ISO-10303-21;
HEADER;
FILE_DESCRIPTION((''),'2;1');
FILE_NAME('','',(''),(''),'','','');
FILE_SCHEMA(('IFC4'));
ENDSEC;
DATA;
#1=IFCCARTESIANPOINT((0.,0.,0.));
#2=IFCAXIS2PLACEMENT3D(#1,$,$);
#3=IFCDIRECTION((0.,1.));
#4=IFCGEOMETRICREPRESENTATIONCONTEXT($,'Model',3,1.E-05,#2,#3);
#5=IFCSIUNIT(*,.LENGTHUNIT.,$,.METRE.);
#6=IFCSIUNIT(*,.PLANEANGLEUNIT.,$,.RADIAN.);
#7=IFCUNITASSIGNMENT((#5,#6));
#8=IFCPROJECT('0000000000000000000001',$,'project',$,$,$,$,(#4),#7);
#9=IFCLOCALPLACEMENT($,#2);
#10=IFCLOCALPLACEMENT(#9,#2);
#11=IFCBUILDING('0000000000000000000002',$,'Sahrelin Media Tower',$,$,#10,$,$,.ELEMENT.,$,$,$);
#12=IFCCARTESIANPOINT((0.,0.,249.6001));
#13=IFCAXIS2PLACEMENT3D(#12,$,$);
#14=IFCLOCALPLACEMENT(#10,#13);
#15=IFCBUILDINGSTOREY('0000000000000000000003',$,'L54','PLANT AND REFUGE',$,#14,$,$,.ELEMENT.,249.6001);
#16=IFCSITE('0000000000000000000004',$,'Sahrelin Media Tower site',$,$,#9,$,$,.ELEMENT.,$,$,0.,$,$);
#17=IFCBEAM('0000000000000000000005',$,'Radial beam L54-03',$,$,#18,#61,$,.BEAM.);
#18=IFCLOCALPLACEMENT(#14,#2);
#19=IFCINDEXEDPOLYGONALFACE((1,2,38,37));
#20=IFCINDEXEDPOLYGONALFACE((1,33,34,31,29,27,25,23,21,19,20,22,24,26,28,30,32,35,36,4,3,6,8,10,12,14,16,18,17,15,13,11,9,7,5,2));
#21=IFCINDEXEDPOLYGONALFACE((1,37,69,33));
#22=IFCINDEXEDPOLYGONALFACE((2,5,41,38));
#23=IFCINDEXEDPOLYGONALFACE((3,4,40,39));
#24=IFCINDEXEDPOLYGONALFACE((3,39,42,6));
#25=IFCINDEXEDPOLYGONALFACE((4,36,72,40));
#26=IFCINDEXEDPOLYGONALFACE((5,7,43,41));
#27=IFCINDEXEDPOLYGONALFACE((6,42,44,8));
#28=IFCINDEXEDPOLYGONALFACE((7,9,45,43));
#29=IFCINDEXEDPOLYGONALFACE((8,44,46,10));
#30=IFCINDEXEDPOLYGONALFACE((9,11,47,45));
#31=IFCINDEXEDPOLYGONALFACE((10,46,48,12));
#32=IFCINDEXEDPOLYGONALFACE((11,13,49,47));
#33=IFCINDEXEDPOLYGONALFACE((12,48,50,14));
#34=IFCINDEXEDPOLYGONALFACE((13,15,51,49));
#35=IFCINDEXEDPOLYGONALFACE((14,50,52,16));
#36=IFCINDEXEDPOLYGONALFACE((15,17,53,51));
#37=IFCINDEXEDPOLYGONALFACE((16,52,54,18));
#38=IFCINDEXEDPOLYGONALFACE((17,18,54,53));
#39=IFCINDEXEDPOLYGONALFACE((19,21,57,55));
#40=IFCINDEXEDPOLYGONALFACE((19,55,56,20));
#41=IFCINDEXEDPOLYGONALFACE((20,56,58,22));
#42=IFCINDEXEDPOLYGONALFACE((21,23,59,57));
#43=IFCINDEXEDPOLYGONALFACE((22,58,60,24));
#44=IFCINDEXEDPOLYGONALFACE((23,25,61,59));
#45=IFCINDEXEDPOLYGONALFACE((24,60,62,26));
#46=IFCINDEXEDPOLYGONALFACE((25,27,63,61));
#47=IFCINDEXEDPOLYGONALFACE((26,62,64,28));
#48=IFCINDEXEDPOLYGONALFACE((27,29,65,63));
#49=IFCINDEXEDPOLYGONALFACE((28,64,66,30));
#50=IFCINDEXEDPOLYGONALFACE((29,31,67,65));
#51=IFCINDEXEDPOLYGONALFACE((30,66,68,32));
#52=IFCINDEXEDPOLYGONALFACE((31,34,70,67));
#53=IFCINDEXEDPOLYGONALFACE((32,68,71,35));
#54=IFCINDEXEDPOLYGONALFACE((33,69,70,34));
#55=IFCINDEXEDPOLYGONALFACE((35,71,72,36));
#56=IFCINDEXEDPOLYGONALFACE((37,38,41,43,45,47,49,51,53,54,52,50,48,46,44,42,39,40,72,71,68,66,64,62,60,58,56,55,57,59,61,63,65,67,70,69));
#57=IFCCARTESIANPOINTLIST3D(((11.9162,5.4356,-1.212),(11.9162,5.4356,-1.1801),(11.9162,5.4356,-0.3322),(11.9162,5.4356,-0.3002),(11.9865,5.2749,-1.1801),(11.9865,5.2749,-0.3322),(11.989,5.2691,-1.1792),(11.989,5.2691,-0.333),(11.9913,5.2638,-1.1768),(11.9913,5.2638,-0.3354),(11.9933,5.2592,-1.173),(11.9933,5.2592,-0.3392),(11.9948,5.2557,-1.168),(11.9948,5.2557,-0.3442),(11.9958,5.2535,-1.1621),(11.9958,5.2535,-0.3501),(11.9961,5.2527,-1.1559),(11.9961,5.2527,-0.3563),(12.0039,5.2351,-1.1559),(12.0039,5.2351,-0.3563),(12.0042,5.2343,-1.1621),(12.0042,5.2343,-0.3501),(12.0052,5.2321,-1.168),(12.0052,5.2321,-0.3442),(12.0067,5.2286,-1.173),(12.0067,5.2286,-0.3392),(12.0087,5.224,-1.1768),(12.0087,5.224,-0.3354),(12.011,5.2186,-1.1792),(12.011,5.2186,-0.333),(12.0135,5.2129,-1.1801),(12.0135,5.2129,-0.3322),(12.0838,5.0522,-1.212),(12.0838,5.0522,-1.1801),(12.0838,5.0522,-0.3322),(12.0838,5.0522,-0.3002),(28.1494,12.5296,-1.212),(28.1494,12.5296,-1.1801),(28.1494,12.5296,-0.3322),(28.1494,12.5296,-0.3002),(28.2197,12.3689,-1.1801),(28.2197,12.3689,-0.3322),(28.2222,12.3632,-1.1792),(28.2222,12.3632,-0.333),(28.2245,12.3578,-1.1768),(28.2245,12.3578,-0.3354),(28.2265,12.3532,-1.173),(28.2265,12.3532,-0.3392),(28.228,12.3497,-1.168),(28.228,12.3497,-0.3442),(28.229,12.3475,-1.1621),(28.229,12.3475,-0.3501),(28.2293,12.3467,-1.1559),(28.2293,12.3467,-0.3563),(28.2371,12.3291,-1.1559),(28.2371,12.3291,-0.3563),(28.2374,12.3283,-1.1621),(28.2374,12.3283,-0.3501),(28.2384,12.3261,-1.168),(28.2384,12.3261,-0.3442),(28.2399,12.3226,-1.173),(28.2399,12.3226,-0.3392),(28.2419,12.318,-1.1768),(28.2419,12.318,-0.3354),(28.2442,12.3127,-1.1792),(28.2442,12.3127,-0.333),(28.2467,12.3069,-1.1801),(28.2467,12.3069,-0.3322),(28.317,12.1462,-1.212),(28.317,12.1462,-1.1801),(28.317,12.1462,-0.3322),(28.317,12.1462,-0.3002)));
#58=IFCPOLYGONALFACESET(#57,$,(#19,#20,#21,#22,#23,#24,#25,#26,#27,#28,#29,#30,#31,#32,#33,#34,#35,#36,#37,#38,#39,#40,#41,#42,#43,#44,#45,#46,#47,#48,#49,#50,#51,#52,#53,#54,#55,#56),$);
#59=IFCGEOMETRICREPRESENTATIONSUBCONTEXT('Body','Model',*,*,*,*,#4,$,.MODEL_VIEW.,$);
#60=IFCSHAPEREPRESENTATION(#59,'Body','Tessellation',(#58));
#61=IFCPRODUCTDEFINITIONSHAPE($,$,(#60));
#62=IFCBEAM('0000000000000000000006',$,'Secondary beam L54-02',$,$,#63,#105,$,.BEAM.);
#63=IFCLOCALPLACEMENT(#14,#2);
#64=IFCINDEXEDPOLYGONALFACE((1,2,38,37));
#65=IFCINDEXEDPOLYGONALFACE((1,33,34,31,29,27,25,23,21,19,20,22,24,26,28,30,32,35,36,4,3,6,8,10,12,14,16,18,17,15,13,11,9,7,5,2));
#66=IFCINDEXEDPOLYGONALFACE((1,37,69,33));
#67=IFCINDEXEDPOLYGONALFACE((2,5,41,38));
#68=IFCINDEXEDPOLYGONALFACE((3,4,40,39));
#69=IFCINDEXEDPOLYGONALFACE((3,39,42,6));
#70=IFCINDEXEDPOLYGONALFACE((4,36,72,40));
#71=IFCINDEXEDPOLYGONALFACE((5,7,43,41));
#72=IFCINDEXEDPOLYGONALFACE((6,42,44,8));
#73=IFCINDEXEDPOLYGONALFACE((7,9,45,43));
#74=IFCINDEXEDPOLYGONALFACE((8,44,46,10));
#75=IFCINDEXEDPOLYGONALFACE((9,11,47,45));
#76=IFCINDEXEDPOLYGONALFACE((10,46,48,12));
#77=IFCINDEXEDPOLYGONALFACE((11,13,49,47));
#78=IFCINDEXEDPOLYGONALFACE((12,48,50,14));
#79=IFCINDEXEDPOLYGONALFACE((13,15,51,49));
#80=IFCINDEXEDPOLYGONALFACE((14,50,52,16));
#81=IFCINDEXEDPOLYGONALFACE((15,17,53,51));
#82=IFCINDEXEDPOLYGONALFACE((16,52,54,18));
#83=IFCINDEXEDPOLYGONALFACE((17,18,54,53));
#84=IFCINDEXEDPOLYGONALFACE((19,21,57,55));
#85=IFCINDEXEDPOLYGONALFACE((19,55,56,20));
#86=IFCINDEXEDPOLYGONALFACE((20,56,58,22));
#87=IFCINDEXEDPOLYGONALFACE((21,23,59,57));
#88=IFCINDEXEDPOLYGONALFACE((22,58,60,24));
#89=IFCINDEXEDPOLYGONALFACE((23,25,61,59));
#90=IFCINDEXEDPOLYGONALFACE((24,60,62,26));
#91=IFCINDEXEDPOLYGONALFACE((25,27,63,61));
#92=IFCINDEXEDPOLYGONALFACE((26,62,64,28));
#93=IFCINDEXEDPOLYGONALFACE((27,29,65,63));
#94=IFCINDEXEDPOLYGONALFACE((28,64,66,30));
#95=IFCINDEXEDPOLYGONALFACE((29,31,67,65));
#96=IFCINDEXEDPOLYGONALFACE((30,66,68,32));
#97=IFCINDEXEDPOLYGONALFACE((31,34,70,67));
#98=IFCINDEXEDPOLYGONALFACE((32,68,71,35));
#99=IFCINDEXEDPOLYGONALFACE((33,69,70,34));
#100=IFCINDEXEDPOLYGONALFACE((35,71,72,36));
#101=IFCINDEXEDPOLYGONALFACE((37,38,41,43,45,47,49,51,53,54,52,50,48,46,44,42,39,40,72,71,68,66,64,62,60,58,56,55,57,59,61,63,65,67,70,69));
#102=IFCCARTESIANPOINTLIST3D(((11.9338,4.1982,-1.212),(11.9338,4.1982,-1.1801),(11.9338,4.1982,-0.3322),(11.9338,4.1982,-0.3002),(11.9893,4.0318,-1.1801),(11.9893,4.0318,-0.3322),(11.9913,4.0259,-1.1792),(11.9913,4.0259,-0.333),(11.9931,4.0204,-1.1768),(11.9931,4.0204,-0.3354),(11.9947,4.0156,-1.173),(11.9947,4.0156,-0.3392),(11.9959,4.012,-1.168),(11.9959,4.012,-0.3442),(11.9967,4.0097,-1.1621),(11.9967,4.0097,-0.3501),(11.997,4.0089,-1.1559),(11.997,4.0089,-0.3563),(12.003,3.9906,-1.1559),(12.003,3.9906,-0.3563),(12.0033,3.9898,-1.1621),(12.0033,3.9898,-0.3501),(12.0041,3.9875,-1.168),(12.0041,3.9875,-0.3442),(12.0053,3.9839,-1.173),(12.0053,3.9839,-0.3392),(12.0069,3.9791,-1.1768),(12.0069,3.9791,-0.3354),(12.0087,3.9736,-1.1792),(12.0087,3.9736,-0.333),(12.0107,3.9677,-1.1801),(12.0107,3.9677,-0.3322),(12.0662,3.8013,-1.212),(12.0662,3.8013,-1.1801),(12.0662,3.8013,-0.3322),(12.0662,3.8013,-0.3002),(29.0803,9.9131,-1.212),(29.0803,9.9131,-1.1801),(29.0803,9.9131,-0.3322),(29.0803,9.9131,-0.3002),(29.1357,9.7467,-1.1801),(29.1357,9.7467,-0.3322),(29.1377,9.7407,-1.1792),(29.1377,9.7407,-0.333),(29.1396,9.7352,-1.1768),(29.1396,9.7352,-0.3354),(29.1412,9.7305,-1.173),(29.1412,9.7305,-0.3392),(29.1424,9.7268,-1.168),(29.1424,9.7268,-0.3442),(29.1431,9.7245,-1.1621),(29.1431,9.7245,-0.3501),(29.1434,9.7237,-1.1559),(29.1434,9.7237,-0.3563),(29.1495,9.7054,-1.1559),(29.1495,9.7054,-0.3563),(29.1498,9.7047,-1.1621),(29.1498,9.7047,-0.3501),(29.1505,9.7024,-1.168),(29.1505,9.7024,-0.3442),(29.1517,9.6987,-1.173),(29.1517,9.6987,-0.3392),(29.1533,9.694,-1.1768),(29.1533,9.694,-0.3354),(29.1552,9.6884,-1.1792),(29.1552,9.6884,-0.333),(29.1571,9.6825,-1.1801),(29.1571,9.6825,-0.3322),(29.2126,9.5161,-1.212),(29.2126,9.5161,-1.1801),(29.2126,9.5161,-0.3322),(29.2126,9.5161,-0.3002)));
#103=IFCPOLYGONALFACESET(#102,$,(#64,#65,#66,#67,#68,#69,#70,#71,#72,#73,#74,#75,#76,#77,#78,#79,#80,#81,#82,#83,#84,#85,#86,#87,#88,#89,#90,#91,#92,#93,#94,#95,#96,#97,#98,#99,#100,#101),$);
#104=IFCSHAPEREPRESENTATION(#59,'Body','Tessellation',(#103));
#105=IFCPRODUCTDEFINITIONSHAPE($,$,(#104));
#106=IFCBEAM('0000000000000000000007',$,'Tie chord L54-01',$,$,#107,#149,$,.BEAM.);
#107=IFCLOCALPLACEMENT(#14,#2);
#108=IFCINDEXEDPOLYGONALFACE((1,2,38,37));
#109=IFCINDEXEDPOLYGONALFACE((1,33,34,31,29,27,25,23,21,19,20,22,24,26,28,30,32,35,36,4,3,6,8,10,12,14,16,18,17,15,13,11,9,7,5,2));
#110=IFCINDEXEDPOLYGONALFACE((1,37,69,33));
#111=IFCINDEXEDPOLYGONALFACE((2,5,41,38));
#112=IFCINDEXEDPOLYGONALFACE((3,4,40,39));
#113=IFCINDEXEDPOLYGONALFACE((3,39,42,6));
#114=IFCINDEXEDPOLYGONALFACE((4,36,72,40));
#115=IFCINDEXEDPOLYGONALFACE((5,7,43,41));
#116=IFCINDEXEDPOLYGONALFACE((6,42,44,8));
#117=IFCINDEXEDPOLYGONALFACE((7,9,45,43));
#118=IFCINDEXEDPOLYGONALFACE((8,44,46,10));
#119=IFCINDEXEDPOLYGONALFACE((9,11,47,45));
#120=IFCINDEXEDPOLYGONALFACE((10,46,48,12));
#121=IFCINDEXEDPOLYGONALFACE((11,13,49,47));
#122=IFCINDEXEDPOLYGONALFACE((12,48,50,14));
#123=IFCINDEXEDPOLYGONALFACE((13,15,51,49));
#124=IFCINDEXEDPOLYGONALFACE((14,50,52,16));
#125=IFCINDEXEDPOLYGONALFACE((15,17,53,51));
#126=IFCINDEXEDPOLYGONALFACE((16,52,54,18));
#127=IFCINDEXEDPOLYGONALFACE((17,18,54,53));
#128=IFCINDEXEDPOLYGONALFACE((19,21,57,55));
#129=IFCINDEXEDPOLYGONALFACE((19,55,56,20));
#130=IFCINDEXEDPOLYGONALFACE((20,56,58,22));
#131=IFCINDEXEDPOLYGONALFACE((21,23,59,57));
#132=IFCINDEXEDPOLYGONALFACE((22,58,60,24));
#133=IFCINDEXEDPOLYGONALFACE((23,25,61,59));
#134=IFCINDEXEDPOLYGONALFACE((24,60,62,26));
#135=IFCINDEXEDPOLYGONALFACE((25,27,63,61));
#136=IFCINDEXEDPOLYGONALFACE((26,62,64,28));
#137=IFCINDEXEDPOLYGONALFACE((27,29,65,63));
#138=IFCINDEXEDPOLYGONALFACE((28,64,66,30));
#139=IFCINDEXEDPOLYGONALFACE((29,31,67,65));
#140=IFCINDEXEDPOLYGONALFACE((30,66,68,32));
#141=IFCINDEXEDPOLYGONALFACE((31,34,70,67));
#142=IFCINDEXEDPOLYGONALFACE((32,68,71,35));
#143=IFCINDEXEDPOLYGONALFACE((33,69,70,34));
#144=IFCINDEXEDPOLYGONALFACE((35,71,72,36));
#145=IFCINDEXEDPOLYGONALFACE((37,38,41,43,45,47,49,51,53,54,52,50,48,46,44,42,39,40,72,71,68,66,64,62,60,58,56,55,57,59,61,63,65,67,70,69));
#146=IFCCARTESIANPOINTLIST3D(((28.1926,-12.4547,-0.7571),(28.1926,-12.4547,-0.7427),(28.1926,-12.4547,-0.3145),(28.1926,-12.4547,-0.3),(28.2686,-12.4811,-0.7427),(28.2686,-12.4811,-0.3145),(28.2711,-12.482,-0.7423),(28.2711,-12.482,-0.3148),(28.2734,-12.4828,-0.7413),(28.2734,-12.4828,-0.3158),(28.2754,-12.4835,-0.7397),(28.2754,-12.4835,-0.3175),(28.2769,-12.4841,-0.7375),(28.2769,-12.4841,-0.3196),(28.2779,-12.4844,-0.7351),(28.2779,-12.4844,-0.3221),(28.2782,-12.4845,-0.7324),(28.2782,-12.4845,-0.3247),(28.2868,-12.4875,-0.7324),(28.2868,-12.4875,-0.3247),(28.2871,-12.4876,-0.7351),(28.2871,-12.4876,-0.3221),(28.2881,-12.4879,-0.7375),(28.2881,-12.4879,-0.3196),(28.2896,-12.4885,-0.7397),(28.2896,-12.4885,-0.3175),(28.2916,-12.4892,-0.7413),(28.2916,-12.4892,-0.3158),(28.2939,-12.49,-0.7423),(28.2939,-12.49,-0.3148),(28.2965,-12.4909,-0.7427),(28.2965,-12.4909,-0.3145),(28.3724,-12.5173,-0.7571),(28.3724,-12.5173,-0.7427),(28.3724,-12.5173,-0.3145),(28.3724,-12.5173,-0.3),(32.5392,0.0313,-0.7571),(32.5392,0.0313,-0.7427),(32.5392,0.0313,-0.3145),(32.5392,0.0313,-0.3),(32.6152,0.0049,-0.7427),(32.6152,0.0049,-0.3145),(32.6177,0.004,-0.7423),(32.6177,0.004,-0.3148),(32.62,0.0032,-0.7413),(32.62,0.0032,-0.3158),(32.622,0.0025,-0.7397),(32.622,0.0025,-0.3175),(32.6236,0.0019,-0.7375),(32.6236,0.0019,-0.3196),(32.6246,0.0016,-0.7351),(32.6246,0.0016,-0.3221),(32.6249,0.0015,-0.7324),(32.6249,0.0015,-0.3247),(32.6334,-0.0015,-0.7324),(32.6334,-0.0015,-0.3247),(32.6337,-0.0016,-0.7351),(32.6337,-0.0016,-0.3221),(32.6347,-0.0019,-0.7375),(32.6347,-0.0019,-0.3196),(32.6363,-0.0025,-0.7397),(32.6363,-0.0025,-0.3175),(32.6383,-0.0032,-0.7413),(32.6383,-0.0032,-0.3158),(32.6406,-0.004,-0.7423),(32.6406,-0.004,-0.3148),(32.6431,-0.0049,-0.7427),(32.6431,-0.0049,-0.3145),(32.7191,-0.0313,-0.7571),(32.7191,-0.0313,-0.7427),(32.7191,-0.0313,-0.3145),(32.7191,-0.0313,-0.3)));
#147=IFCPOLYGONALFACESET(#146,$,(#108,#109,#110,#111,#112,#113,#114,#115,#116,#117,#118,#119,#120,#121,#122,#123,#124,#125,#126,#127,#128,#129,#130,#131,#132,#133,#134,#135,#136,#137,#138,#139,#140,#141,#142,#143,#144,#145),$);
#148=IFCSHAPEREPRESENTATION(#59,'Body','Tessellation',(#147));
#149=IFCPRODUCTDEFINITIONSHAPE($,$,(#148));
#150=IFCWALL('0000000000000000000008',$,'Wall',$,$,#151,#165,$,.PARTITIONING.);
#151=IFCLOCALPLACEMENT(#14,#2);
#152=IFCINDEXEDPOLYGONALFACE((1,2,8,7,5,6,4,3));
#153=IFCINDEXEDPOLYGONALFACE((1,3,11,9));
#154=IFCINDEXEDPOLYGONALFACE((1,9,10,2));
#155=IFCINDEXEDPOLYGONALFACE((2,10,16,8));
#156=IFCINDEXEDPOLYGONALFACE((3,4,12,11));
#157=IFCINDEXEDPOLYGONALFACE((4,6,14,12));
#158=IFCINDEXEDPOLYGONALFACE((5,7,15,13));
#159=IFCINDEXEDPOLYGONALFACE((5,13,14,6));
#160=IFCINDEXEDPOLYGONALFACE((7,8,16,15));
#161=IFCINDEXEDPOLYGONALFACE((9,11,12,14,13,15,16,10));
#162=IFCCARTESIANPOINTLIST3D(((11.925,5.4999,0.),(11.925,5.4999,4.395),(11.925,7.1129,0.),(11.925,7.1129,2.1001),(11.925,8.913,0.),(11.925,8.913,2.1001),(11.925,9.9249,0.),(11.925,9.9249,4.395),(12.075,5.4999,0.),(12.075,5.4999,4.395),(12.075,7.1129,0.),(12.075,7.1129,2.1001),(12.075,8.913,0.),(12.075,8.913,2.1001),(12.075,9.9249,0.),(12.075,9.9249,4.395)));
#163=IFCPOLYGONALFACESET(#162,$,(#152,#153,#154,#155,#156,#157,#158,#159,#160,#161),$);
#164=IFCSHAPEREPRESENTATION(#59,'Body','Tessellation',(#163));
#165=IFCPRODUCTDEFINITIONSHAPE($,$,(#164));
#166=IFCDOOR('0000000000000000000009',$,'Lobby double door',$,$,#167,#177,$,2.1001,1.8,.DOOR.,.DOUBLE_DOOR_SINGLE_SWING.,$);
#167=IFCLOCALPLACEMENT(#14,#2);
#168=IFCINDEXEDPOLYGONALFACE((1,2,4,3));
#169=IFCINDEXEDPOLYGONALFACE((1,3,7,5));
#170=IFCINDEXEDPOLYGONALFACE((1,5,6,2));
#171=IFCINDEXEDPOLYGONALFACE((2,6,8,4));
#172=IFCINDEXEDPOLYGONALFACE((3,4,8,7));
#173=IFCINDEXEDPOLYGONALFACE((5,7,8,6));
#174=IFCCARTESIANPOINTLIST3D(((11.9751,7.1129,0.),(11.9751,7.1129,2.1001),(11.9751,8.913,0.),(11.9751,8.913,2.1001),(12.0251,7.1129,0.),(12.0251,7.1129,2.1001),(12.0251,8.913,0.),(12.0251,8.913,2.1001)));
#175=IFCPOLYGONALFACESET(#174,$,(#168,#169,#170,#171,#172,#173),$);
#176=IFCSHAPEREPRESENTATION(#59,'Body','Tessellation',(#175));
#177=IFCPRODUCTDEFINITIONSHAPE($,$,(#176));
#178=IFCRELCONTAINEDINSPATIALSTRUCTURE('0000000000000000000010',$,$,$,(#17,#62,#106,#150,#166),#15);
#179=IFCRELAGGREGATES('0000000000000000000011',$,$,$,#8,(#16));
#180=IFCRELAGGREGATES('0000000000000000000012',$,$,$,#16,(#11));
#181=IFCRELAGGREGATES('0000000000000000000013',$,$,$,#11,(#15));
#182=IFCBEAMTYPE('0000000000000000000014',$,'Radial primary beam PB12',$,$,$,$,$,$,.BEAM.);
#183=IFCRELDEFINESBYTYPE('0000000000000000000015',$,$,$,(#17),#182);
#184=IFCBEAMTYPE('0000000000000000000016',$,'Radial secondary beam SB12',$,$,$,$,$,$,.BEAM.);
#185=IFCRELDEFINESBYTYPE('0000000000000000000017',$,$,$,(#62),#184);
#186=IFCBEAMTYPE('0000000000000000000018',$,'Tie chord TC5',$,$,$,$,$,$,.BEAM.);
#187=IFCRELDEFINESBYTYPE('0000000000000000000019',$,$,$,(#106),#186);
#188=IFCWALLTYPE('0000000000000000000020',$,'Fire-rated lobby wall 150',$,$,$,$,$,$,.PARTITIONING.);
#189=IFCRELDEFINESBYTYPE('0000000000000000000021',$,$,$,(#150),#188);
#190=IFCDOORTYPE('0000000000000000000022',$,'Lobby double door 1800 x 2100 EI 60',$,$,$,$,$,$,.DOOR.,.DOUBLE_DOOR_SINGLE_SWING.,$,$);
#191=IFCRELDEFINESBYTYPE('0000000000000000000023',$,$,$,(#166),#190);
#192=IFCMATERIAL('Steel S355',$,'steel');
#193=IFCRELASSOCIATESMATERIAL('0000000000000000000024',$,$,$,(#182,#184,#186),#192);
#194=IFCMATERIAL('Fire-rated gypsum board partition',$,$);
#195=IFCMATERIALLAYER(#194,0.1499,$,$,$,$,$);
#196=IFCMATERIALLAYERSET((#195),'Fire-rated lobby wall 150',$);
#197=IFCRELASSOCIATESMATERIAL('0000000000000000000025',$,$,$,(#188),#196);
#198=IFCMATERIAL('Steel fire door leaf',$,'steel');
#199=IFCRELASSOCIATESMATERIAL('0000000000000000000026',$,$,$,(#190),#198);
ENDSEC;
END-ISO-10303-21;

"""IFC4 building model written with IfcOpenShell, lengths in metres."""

from ifc_helpers import new_model, si_unit, direction, frame, frame_2d, origin, origin_2d, place, context, subcontext, project, spatial, rectangle, i_section, extrude, material, layer, layer_set, material_profile, profile_set, type_object, element, fill, save


model = new_model("IFC4")

# Units and contexts
model_context = context("Model", 3, precision=1e-05, world=origin(), true_north=direction((0.0, 1.0)))
body_context = subcontext(model_context, "Body", "Model", "MODEL_VIEW")
ifc_project = project(units=[si_unit("LENGTHUNIT", "METRE"), si_unit("PLANEANGLEUNIT", "RADIAN")], contexts=[model_context])

# Site, building, storey
site_placement = place(None, origin())
site = spatial("IfcSite", under=ifc_project, at=site_placement, Name="Sahrelin Media Tower site", CompositionType="ELEMENT", RefElevation=0.0)
building_placement = place(site_placement, origin())
building = spatial("IfcBuilding", under=site, at=building_placement, Name="Sahrelin Media Tower", CompositionType="ELEMENT")
storey_placement = place(building_placement, frame((0.0, 0.0, 249.6001)))
storey = spatial("IfcBuildingStorey", under=building, at=storey_placement, Name="L54", Description="PLANT AND REFUGE", CompositionType="ELEMENT", Elevation=249.6001)

# Beams
ifc_material_1 = material(Name="Steel S355", Category="steel")
ifc_material_profile_1 = material_profile(ifc_material_1, i_section(OverallWidth=0.4185, OverallDepth=0.9119, WebThickness=0.0193, FlangeThickness=0.032, FilletRadius=0.0242, at=origin_2d()), Name="UB 914x419x343")
ifc_profile_set_1 = profile_set([ifc_material_profile_1], Name="Steel S355")
beam_type_1 = type_object("IfcBeamType", Name="Radial primary beam PB12", PredefinedType="BEAM", material=ifc_profile_set_1)
beam_1_placement = place(storey_placement, frame((12.0, 5.2439, -0.7561), z_axis=(0.916323, 0.400439, 0.0), x_axis=(-0.400439, 0.916323, 0.0)))
element("IfcBeam", 1, at=beam_1_placement, inside=storey, type_object=beam_type_1, Name="Radial beam L54-03", PredefinedType="BEAM", context=body_context, shape_type="SweptSolid", body=[
    extrude(i_section(OverallWidth=0.4185, OverallDepth=0.9119, WebThickness=0.0193, FlangeThickness=0.032, FilletRadius=0.0242, at=origin_2d()), origin(), (0.0, 0.0, 1.0), 17.7156),
])
ifc_material_profile_2 = material_profile(ifc_material_1, i_section(OverallWidth=0.4185, OverallDepth=0.9119, WebThickness=0.0193, FlangeThickness=0.032, FilletRadius=0.0242, at=origin_2d()), Name="UB 914x419x343")
ifc_profile_set_2 = profile_set([ifc_material_profile_2], Name="Steel S355")
beam_type_2 = type_object("IfcBeamType", Name="Radial secondary beam SB12", PredefinedType="BEAM", material=ifc_profile_set_2)
beam_2_placement = place(storey_placement, frame((12.0, 3.9998, -0.7561), z_axis=(0.948694, 0.316195, 0.0), x_axis=(-0.316195, 0.948694, 0.0)))
element("IfcBeam", 2, at=beam_2_placement, inside=storey, type_object=beam_type_2, Name="Secondary beam L54-02", PredefinedType="BEAM", context=body_context, shape_type="SweptSolid", body=[
    extrude(i_section(OverallWidth=0.4185, OverallDepth=0.9119, WebThickness=0.0193, FlangeThickness=0.032, FilletRadius=0.0242, at=origin_2d()), origin(), (0.0, 0.0, 1.0), 18.0737),
])
ifc_material_profile_3 = material_profile(ifc_material_1, i_section(OverallWidth=0.1904, OverallDepth=0.457, WebThickness=0.009, FlangeThickness=0.0144, FilletRadius=0.0103, at=origin_2d()), Name="UB 457x191x74")
ifc_profile_set_3 = profile_set([ifc_material_profile_3], Name="Steel S355")
beam_type_3 = type_object("IfcBeamType", Name="Tie chord TC5", PredefinedType="BEAM", material=ifc_profile_set_3)
beam_3_placement = place(storey_placement, frame((32.6292, 0.0, -0.5286), z_axis=(-0.32877, -0.94441, 0.0), x_axis=(0.94441, -0.32877, 0.0)))
element("IfcBeam", 3, at=beam_3_placement, inside=storey, type_object=beam_type_3, Name="Tie chord L54-01", PredefinedType="BEAM", context=body_context, shape_type="SweptSolid", body=[
    extrude(i_section(OverallWidth=0.1904, OverallDepth=0.457, WebThickness=0.009, FlangeThickness=0.0144, FilletRadius=0.0103, at=origin_2d()), origin(), (0.0, 0.0, 1.0), 13.2209),
])

# Wall, opening, door
ifc_material_2 = material(Name="Fire-rated gypsum board partition")
ifc_layer_1 = layer(ifc_material_2, 0.1499)
ifc_layer_set_1 = layer_set([ifc_layer_1], Name="Fire-rated lobby wall 150")
wall_type_1 = type_object("IfcWallType", Name="Fire-rated lobby wall 150", PredefinedType="PARTITIONING", material=ifc_layer_set_1)
wall_1_placement = place(storey_placement, frame((12.0, 5.5, 0.0), z_axis=(0.0, 0.0, 1.0), x_axis=(0.0, 1.0, 0.0)))
wall_1 = element("IfcWall", 4, at=wall_1_placement, inside=storey, type_object=wall_type_1, Name="Wall", PredefinedType="PARTITIONING", context=body_context, shape_type="SweptSolid", body=[
    extrude(rectangle(XDim=4.425, YDim=0.1499, at=frame_2d((2.2124, 0.0))), origin(), (0.0, 0.0, 1.0), 4.395),
])
opening_1_placement = place(wall_1_placement, frame((1.613, 0.0, 0.0)))
opening_1 = element("IfcOpeningElement", 5, at=opening_1_placement, cuts=wall_1, PredefinedType="OPENING", context=body_context, shape_type="SweptSolid", body=[
    extrude(rectangle(XDim=1.8, YDim=2.1001, at=frame_2d((0.8999, 1.05))), frame((0.0, 0.075, 0.0), z_axis=(0.0, -1.0, 0.0), x_axis=(1.0, 0.0, 0.0)), (0.0, 0.0, 1.0), 0.1499),
])
ifc_material_3 = material(Name="Steel fire door leaf", Category="steel")
door_type = type_object("IfcDoorType", Name="Lobby double door 1800 x 2100 EI 60", OperationType="DOUBLE_DOOR_SINGLE_SWING", PredefinedType="DOOR", material=ifc_material_3)
door_1_placement = place(opening_1_placement, origin())
door_1 = element("IfcDoor", 6, at=door_1_placement, inside=storey, type_object=door_type, Name="Lobby double door", OperationType="DOUBLE_DOOR_SINGLE_SWING", OverallHeight=2.1001, OverallWidth=1.8, PredefinedType="DOOR", context=body_context, shape_type="SweptSolid", body=[
    extrude(rectangle(XDim=1.8, YDim=2.1001, at=frame_2d((0.8999, 1.05))), frame((0.0, 0.0249, 0.0), z_axis=(0.0, -1.0, 0.0), x_axis=(1.0, 0.0, 0.0)), (0.0, 0.0, 1.0), 0.05),
])
fill(opening_1, door_1)

save(model, "model.ifc")
